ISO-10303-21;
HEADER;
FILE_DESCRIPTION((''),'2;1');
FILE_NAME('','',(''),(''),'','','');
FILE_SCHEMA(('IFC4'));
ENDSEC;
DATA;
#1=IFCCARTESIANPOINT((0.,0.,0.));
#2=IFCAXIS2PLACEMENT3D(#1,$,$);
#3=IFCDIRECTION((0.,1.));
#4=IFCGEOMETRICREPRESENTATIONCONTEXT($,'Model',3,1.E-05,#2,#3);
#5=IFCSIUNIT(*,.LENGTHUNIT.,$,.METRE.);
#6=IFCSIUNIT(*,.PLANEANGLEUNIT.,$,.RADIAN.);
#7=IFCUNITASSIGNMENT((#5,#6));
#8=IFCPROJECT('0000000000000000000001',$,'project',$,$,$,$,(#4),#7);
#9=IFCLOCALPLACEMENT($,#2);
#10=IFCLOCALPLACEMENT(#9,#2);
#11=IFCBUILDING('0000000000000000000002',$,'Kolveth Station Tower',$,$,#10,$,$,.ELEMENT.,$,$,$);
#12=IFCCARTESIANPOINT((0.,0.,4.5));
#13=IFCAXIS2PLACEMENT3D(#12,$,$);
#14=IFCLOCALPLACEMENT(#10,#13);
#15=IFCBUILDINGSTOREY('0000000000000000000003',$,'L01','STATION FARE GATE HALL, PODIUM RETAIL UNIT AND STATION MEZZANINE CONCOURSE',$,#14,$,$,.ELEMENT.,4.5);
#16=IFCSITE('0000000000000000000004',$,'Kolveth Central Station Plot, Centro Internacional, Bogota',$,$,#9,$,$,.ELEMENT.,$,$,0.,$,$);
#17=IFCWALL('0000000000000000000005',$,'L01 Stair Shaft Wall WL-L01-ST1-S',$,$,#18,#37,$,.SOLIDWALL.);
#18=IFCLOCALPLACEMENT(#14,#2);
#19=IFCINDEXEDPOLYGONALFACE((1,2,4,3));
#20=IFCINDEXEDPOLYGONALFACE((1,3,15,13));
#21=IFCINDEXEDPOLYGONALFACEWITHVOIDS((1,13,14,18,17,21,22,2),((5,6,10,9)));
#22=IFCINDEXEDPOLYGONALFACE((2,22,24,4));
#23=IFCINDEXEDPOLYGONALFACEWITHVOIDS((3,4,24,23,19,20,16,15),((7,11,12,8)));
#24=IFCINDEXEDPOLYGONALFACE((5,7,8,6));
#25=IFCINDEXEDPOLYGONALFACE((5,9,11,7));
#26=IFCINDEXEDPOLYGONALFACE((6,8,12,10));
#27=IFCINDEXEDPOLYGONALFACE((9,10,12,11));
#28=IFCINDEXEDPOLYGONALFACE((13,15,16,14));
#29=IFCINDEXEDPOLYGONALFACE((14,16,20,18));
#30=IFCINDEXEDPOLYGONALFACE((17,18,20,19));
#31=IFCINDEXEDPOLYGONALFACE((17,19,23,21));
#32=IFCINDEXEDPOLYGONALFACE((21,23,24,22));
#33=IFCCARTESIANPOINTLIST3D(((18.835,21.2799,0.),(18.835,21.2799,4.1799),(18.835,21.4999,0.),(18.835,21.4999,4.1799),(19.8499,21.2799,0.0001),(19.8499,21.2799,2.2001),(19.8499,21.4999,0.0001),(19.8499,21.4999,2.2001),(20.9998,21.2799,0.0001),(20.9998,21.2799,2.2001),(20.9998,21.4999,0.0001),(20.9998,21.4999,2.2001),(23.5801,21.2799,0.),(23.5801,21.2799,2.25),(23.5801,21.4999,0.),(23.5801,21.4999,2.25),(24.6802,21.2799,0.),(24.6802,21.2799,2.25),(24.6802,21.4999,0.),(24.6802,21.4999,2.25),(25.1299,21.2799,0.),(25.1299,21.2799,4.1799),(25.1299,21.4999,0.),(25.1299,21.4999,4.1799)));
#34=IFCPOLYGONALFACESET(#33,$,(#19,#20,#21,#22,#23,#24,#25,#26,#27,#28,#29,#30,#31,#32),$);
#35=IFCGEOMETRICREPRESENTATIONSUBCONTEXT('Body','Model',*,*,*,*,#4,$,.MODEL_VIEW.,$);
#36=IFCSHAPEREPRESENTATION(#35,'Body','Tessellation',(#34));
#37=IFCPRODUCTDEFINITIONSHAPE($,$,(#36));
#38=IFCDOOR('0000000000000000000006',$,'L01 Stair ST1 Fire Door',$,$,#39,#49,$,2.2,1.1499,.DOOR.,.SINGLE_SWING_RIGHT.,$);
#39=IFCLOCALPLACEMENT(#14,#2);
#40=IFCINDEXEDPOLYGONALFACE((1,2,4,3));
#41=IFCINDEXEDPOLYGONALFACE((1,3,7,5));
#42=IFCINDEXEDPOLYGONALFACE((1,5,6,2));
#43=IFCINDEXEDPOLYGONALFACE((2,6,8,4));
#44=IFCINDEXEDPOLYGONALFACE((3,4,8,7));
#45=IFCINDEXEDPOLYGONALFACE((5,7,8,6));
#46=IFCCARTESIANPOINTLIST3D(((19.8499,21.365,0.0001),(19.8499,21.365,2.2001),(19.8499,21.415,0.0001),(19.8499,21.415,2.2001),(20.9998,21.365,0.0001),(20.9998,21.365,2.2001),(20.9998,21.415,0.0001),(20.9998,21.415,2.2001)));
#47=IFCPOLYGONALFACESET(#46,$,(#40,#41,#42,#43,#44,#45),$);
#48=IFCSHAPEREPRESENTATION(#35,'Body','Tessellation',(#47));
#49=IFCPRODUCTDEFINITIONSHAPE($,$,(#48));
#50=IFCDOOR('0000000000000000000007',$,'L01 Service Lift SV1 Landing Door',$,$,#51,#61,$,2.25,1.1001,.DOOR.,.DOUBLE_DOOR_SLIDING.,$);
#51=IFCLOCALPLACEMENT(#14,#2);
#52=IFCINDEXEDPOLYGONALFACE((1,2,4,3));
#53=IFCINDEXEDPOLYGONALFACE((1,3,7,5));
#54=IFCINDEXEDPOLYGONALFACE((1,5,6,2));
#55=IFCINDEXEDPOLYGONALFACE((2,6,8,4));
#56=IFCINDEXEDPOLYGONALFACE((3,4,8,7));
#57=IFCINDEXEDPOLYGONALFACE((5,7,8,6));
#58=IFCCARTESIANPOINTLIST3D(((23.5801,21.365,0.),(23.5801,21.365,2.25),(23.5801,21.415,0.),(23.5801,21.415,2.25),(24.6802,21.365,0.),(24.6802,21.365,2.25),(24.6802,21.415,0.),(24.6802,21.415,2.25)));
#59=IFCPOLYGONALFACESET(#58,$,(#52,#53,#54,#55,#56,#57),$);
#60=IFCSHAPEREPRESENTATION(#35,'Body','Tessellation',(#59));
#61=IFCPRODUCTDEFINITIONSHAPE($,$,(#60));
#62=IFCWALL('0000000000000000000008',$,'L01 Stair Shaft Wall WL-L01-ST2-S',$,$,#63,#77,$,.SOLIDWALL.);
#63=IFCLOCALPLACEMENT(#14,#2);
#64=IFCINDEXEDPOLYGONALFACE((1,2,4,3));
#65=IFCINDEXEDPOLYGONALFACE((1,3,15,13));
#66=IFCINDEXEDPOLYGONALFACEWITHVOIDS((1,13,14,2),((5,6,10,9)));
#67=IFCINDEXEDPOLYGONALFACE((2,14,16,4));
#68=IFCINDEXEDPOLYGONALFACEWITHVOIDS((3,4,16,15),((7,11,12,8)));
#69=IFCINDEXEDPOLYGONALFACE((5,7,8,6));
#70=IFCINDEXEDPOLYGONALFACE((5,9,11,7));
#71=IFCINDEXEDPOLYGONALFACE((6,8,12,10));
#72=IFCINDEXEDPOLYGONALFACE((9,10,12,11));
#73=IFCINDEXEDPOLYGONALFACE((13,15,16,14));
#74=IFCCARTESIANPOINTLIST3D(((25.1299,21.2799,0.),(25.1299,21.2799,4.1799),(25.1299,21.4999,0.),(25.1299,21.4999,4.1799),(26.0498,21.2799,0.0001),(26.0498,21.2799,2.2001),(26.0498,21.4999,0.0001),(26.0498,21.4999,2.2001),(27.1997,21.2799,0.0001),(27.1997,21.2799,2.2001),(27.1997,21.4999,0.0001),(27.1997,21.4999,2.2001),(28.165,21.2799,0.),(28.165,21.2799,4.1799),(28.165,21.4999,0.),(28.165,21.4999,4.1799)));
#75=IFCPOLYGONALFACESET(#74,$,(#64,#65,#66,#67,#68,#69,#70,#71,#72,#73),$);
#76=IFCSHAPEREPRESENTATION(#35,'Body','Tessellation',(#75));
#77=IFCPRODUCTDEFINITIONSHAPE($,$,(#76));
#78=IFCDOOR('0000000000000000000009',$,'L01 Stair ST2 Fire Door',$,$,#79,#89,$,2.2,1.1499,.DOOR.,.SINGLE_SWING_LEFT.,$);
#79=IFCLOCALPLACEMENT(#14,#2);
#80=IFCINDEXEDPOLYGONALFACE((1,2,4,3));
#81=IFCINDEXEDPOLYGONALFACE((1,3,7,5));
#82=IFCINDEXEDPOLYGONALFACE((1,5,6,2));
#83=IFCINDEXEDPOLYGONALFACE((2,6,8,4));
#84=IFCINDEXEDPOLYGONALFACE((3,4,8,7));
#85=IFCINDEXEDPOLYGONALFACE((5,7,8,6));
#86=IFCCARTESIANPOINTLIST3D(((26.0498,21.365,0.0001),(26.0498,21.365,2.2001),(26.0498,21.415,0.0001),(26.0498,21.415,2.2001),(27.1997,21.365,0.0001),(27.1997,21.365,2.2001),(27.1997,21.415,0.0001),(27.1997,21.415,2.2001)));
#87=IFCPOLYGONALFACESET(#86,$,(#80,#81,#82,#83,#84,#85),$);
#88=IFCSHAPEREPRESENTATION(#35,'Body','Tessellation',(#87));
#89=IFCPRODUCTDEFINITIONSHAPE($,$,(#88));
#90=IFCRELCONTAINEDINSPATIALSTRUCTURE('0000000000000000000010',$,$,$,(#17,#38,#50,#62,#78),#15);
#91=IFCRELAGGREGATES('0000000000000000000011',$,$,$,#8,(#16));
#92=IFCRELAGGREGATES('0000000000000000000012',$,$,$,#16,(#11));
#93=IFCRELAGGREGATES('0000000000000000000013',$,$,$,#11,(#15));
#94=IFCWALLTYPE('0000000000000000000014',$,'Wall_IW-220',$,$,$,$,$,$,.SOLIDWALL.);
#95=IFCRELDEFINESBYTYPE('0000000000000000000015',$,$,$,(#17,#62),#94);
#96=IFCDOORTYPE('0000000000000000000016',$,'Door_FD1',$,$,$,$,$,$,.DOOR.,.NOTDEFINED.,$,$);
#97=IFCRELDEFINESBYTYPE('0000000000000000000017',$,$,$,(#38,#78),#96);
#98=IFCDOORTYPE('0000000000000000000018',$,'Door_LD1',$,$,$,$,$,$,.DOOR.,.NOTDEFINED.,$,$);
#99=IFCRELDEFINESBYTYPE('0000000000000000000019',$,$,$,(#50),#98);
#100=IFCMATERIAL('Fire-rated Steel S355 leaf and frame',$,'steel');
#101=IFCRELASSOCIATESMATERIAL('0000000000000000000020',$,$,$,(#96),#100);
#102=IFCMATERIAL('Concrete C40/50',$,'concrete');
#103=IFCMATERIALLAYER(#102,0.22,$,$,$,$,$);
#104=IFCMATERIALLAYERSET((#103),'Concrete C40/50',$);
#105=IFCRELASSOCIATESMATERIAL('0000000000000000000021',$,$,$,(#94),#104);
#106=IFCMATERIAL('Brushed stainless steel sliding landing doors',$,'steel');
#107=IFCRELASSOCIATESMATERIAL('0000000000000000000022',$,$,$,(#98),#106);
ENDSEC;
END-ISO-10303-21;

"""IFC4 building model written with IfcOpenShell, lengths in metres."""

from ifc_helpers import new_model, si_unit, direction, frame, frame_2d, origin, place, context, subcontext, project, spatial, rectangle, extrude, material, layer, layer_set, type_object, element, fill, save


model = new_model("IFC4")

# Units and contexts
model_context = context("Model", 3, precision=1e-05, world=origin(), true_north=direction((0.0, 1.0)))
body_context = subcontext(model_context, "Body", "Model", "MODEL_VIEW")
ifc_project = project(units=[si_unit("LENGTHUNIT", "METRE"), si_unit("PLANEANGLEUNIT", "RADIAN")], contexts=[model_context])

# Site, building, storey
site_placement = place(None, origin())
site = spatial("IfcSite", under=ifc_project, at=site_placement, Name="Kolveth Central Station Plot, Centro Internacional, Bogota", CompositionType="ELEMENT", RefElevation=0.0)
building_placement = place(site_placement, origin())
building = spatial("IfcBuilding", under=site, at=building_placement, Name="Kolveth Station Tower", CompositionType="ELEMENT")
storey_placement = place(building_placement, frame((0.0, 0.0, 4.5)))
storey = spatial("IfcBuildingStorey", under=building, at=storey_placement, Name="L01", Description="STATION FARE GATE HALL, PODIUM RETAIL UNIT AND STATION MEZZANINE CONCOURSE", CompositionType="ELEMENT", Elevation=4.5)

# Shared definitions
ifc_material_1 = material(Name="Fire-rated Steel S355 leaf and frame", Category="steel")
door_type_1 = type_object("IfcDoorType", Name="Door_FD1", OperationType="NOTDEFINED", PredefinedType="DOOR", material=ifc_material_1)

# Shared definitions
ifc_material_2 = material(Name="Concrete C40/50", Category="concrete")
ifc_layer_1 = layer(ifc_material_2, 0.22)
ifc_layer_set_1 = layer_set([ifc_layer_1], Name="Concrete C40/50")
wall_type_1 = type_object("IfcWallType", Name="Wall_IW-220", PredefinedType="SOLIDWALL", material=ifc_layer_set_1)

# Wall, openings, doors
wall_1_placement = place(storey_placement, frame((18.835, 21.3899, 0.0), z_axis=(0.0, 0.0, 1.0), x_axis=(1.0, 0.0, 0.0)))
wall_1 = element("IfcWall", 1, at=wall_1_placement, inside=storey, type_object=wall_type_1, Name="L01 Stair Shaft Wall WL-L01-ST1-S", PredefinedType="SOLIDWALL", context=body_context, shape_type="SweptSolid", body=[
    extrude(rectangle(XDim=6.2949, YDim=0.22, at=frame_2d((3.1475, 0.0))), origin(), (0.0, 0.0, 1.0), 4.1799),
])
opening_1_placement = place(wall_1_placement, frame((1.0149, 0.0, 0.0)))
opening_1 = element("IfcOpeningElement", 2, at=opening_1_placement, cuts=wall_1, PredefinedType="OPENING", context=body_context, shape_type="SweptSolid", body=[
    extrude(rectangle(XDim=1.1499, YDim=2.2, at=frame_2d((0.575, 1.1001))), frame((0.0, 0.1199, 0.0), z_axis=(0.0, -1.0, 0.0), x_axis=(1.0, 0.0, 0.0)), (0.0, 0.0, 1.0), 0.24),
])
opening_2_placement = place(wall_1_placement, frame((4.7451, 0.0, 0.0)))
opening_2 = element("IfcOpeningElement", 3, at=opening_2_placement, cuts=wall_1, PredefinedType="OPENING", context=body_context, shape_type="SweptSolid", body=[
    extrude(rectangle(XDim=1.1001, YDim=2.25, at=frame_2d((0.55, 1.125))), frame((0.0, 0.1199, 0.0), z_axis=(0.0, -1.0, 0.0), x_axis=(1.0, 0.0, 0.0)), (0.0, 0.0, 1.0), 0.24),
])
door_1_placement = place(opening_1_placement, frame((1.1499, 0.0, 0.0), z_axis=(0.0, 0.0, 1.0), x_axis=(-1.0, 0.0, 0.0)))
door_1 = element("IfcDoor", 4, at=door_1_placement, inside=storey, type_object=door_type_1, Name="L01 Stair ST1 Fire Door", OperationType="SINGLE_SWING_RIGHT", OverallHeight=2.2, OverallWidth=1.1499, PredefinedType="DOOR", context=body_context, shape_type="SweptSolid", body=[
    extrude(rectangle(XDim=1.1499, YDim=2.2, at=frame_2d((0.575, 1.1001))), frame((0.0, 0.0249, 0.0), z_axis=(0.0, -1.0, 0.0), x_axis=(1.0, 0.0, 0.0)), (0.0, 0.0, 1.0), 0.05),
])
fill(opening_1, door_1)
ifc_material_3 = material(Name="Brushed stainless steel sliding landing doors", Category="steel")
door_type_2 = type_object("IfcDoorType", Name="Door_LD1", OperationType="NOTDEFINED", PredefinedType="DOOR", material=ifc_material_3)
door_2_placement = place(opening_2_placement, frame((1.1001, 0.0, 0.0), z_axis=(0.0, 0.0, 1.0), x_axis=(-1.0, 0.0, 0.0)))
door_2 = element("IfcDoor", 5, at=door_2_placement, inside=storey, type_object=door_type_2, Name="L01 Service Lift SV1 Landing Door", OperationType="DOUBLE_DOOR_SLIDING", OverallHeight=2.25, OverallWidth=1.1001, PredefinedType="DOOR", context=body_context, shape_type="SweptSolid", body=[
    extrude(rectangle(XDim=1.1001, YDim=2.25, at=frame_2d((0.55, 1.125))), frame((0.0, 0.0249, 0.0), z_axis=(0.0, -1.0, 0.0), x_axis=(1.0, 0.0, 0.0)), (0.0, 0.0, 1.0), 0.05),
])
fill(opening_2, door_2)

# Wall, opening, door
wall_2_placement = place(storey_placement, frame((25.1299, 21.3899, 0.0), z_axis=(0.0, 0.0, 1.0), x_axis=(1.0, 0.0, 0.0)))
wall_2 = element("IfcWall", 6, at=wall_2_placement, inside=storey, type_object=wall_type_1, Name="L01 Stair Shaft Wall WL-L01-ST2-S", PredefinedType="SOLIDWALL", context=body_context, shape_type="SweptSolid", body=[
    extrude(rectangle(XDim=3.0352, YDim=0.22, at=frame_2d((1.5176, 0.0))), origin(), (0.0, 0.0, 1.0), 4.1799),
])
opening_3_placement = place(wall_2_placement, frame((0.9199, 0.0, 0.0)))
opening_3 = element("IfcOpeningElement", 7, at=opening_3_placement, cuts=wall_2, PredefinedType="OPENING", context=body_context, shape_type="SweptSolid", body=[
    extrude(rectangle(XDim=1.1499, YDim=2.2, at=frame_2d((0.575, 1.1001))), frame((0.0, 0.1199, 0.0), z_axis=(0.0, -1.0, 0.0), x_axis=(1.0, 0.0, 0.0)), (0.0, 0.0, 1.0), 0.24),
])
door_3_placement = place(opening_3_placement, frame((1.1499, 0.0, 0.0), z_axis=(0.0, 0.0, 1.0), x_axis=(-1.0, 0.0, 0.0)))
door_3 = element("IfcDoor", 8, at=door_3_placement, inside=storey, type_object=door_type_1, Name="L01 Stair ST2 Fire Door", OperationType="SINGLE_SWING_LEFT", OverallHeight=2.2, OverallWidth=1.1499, PredefinedType="DOOR", context=body_context, shape_type="SweptSolid", body=[
    extrude(rectangle(XDim=1.1499, YDim=2.2, at=frame_2d((0.575, 1.1001))), frame((0.0, 0.0249, 0.0), z_axis=(0.0, -1.0, 0.0), x_axis=(1.0, 0.0, 0.0)), (0.0, 0.0, 1.0), 0.05),
])
fill(opening_3, door_3)

save(model, "model.ifc")
